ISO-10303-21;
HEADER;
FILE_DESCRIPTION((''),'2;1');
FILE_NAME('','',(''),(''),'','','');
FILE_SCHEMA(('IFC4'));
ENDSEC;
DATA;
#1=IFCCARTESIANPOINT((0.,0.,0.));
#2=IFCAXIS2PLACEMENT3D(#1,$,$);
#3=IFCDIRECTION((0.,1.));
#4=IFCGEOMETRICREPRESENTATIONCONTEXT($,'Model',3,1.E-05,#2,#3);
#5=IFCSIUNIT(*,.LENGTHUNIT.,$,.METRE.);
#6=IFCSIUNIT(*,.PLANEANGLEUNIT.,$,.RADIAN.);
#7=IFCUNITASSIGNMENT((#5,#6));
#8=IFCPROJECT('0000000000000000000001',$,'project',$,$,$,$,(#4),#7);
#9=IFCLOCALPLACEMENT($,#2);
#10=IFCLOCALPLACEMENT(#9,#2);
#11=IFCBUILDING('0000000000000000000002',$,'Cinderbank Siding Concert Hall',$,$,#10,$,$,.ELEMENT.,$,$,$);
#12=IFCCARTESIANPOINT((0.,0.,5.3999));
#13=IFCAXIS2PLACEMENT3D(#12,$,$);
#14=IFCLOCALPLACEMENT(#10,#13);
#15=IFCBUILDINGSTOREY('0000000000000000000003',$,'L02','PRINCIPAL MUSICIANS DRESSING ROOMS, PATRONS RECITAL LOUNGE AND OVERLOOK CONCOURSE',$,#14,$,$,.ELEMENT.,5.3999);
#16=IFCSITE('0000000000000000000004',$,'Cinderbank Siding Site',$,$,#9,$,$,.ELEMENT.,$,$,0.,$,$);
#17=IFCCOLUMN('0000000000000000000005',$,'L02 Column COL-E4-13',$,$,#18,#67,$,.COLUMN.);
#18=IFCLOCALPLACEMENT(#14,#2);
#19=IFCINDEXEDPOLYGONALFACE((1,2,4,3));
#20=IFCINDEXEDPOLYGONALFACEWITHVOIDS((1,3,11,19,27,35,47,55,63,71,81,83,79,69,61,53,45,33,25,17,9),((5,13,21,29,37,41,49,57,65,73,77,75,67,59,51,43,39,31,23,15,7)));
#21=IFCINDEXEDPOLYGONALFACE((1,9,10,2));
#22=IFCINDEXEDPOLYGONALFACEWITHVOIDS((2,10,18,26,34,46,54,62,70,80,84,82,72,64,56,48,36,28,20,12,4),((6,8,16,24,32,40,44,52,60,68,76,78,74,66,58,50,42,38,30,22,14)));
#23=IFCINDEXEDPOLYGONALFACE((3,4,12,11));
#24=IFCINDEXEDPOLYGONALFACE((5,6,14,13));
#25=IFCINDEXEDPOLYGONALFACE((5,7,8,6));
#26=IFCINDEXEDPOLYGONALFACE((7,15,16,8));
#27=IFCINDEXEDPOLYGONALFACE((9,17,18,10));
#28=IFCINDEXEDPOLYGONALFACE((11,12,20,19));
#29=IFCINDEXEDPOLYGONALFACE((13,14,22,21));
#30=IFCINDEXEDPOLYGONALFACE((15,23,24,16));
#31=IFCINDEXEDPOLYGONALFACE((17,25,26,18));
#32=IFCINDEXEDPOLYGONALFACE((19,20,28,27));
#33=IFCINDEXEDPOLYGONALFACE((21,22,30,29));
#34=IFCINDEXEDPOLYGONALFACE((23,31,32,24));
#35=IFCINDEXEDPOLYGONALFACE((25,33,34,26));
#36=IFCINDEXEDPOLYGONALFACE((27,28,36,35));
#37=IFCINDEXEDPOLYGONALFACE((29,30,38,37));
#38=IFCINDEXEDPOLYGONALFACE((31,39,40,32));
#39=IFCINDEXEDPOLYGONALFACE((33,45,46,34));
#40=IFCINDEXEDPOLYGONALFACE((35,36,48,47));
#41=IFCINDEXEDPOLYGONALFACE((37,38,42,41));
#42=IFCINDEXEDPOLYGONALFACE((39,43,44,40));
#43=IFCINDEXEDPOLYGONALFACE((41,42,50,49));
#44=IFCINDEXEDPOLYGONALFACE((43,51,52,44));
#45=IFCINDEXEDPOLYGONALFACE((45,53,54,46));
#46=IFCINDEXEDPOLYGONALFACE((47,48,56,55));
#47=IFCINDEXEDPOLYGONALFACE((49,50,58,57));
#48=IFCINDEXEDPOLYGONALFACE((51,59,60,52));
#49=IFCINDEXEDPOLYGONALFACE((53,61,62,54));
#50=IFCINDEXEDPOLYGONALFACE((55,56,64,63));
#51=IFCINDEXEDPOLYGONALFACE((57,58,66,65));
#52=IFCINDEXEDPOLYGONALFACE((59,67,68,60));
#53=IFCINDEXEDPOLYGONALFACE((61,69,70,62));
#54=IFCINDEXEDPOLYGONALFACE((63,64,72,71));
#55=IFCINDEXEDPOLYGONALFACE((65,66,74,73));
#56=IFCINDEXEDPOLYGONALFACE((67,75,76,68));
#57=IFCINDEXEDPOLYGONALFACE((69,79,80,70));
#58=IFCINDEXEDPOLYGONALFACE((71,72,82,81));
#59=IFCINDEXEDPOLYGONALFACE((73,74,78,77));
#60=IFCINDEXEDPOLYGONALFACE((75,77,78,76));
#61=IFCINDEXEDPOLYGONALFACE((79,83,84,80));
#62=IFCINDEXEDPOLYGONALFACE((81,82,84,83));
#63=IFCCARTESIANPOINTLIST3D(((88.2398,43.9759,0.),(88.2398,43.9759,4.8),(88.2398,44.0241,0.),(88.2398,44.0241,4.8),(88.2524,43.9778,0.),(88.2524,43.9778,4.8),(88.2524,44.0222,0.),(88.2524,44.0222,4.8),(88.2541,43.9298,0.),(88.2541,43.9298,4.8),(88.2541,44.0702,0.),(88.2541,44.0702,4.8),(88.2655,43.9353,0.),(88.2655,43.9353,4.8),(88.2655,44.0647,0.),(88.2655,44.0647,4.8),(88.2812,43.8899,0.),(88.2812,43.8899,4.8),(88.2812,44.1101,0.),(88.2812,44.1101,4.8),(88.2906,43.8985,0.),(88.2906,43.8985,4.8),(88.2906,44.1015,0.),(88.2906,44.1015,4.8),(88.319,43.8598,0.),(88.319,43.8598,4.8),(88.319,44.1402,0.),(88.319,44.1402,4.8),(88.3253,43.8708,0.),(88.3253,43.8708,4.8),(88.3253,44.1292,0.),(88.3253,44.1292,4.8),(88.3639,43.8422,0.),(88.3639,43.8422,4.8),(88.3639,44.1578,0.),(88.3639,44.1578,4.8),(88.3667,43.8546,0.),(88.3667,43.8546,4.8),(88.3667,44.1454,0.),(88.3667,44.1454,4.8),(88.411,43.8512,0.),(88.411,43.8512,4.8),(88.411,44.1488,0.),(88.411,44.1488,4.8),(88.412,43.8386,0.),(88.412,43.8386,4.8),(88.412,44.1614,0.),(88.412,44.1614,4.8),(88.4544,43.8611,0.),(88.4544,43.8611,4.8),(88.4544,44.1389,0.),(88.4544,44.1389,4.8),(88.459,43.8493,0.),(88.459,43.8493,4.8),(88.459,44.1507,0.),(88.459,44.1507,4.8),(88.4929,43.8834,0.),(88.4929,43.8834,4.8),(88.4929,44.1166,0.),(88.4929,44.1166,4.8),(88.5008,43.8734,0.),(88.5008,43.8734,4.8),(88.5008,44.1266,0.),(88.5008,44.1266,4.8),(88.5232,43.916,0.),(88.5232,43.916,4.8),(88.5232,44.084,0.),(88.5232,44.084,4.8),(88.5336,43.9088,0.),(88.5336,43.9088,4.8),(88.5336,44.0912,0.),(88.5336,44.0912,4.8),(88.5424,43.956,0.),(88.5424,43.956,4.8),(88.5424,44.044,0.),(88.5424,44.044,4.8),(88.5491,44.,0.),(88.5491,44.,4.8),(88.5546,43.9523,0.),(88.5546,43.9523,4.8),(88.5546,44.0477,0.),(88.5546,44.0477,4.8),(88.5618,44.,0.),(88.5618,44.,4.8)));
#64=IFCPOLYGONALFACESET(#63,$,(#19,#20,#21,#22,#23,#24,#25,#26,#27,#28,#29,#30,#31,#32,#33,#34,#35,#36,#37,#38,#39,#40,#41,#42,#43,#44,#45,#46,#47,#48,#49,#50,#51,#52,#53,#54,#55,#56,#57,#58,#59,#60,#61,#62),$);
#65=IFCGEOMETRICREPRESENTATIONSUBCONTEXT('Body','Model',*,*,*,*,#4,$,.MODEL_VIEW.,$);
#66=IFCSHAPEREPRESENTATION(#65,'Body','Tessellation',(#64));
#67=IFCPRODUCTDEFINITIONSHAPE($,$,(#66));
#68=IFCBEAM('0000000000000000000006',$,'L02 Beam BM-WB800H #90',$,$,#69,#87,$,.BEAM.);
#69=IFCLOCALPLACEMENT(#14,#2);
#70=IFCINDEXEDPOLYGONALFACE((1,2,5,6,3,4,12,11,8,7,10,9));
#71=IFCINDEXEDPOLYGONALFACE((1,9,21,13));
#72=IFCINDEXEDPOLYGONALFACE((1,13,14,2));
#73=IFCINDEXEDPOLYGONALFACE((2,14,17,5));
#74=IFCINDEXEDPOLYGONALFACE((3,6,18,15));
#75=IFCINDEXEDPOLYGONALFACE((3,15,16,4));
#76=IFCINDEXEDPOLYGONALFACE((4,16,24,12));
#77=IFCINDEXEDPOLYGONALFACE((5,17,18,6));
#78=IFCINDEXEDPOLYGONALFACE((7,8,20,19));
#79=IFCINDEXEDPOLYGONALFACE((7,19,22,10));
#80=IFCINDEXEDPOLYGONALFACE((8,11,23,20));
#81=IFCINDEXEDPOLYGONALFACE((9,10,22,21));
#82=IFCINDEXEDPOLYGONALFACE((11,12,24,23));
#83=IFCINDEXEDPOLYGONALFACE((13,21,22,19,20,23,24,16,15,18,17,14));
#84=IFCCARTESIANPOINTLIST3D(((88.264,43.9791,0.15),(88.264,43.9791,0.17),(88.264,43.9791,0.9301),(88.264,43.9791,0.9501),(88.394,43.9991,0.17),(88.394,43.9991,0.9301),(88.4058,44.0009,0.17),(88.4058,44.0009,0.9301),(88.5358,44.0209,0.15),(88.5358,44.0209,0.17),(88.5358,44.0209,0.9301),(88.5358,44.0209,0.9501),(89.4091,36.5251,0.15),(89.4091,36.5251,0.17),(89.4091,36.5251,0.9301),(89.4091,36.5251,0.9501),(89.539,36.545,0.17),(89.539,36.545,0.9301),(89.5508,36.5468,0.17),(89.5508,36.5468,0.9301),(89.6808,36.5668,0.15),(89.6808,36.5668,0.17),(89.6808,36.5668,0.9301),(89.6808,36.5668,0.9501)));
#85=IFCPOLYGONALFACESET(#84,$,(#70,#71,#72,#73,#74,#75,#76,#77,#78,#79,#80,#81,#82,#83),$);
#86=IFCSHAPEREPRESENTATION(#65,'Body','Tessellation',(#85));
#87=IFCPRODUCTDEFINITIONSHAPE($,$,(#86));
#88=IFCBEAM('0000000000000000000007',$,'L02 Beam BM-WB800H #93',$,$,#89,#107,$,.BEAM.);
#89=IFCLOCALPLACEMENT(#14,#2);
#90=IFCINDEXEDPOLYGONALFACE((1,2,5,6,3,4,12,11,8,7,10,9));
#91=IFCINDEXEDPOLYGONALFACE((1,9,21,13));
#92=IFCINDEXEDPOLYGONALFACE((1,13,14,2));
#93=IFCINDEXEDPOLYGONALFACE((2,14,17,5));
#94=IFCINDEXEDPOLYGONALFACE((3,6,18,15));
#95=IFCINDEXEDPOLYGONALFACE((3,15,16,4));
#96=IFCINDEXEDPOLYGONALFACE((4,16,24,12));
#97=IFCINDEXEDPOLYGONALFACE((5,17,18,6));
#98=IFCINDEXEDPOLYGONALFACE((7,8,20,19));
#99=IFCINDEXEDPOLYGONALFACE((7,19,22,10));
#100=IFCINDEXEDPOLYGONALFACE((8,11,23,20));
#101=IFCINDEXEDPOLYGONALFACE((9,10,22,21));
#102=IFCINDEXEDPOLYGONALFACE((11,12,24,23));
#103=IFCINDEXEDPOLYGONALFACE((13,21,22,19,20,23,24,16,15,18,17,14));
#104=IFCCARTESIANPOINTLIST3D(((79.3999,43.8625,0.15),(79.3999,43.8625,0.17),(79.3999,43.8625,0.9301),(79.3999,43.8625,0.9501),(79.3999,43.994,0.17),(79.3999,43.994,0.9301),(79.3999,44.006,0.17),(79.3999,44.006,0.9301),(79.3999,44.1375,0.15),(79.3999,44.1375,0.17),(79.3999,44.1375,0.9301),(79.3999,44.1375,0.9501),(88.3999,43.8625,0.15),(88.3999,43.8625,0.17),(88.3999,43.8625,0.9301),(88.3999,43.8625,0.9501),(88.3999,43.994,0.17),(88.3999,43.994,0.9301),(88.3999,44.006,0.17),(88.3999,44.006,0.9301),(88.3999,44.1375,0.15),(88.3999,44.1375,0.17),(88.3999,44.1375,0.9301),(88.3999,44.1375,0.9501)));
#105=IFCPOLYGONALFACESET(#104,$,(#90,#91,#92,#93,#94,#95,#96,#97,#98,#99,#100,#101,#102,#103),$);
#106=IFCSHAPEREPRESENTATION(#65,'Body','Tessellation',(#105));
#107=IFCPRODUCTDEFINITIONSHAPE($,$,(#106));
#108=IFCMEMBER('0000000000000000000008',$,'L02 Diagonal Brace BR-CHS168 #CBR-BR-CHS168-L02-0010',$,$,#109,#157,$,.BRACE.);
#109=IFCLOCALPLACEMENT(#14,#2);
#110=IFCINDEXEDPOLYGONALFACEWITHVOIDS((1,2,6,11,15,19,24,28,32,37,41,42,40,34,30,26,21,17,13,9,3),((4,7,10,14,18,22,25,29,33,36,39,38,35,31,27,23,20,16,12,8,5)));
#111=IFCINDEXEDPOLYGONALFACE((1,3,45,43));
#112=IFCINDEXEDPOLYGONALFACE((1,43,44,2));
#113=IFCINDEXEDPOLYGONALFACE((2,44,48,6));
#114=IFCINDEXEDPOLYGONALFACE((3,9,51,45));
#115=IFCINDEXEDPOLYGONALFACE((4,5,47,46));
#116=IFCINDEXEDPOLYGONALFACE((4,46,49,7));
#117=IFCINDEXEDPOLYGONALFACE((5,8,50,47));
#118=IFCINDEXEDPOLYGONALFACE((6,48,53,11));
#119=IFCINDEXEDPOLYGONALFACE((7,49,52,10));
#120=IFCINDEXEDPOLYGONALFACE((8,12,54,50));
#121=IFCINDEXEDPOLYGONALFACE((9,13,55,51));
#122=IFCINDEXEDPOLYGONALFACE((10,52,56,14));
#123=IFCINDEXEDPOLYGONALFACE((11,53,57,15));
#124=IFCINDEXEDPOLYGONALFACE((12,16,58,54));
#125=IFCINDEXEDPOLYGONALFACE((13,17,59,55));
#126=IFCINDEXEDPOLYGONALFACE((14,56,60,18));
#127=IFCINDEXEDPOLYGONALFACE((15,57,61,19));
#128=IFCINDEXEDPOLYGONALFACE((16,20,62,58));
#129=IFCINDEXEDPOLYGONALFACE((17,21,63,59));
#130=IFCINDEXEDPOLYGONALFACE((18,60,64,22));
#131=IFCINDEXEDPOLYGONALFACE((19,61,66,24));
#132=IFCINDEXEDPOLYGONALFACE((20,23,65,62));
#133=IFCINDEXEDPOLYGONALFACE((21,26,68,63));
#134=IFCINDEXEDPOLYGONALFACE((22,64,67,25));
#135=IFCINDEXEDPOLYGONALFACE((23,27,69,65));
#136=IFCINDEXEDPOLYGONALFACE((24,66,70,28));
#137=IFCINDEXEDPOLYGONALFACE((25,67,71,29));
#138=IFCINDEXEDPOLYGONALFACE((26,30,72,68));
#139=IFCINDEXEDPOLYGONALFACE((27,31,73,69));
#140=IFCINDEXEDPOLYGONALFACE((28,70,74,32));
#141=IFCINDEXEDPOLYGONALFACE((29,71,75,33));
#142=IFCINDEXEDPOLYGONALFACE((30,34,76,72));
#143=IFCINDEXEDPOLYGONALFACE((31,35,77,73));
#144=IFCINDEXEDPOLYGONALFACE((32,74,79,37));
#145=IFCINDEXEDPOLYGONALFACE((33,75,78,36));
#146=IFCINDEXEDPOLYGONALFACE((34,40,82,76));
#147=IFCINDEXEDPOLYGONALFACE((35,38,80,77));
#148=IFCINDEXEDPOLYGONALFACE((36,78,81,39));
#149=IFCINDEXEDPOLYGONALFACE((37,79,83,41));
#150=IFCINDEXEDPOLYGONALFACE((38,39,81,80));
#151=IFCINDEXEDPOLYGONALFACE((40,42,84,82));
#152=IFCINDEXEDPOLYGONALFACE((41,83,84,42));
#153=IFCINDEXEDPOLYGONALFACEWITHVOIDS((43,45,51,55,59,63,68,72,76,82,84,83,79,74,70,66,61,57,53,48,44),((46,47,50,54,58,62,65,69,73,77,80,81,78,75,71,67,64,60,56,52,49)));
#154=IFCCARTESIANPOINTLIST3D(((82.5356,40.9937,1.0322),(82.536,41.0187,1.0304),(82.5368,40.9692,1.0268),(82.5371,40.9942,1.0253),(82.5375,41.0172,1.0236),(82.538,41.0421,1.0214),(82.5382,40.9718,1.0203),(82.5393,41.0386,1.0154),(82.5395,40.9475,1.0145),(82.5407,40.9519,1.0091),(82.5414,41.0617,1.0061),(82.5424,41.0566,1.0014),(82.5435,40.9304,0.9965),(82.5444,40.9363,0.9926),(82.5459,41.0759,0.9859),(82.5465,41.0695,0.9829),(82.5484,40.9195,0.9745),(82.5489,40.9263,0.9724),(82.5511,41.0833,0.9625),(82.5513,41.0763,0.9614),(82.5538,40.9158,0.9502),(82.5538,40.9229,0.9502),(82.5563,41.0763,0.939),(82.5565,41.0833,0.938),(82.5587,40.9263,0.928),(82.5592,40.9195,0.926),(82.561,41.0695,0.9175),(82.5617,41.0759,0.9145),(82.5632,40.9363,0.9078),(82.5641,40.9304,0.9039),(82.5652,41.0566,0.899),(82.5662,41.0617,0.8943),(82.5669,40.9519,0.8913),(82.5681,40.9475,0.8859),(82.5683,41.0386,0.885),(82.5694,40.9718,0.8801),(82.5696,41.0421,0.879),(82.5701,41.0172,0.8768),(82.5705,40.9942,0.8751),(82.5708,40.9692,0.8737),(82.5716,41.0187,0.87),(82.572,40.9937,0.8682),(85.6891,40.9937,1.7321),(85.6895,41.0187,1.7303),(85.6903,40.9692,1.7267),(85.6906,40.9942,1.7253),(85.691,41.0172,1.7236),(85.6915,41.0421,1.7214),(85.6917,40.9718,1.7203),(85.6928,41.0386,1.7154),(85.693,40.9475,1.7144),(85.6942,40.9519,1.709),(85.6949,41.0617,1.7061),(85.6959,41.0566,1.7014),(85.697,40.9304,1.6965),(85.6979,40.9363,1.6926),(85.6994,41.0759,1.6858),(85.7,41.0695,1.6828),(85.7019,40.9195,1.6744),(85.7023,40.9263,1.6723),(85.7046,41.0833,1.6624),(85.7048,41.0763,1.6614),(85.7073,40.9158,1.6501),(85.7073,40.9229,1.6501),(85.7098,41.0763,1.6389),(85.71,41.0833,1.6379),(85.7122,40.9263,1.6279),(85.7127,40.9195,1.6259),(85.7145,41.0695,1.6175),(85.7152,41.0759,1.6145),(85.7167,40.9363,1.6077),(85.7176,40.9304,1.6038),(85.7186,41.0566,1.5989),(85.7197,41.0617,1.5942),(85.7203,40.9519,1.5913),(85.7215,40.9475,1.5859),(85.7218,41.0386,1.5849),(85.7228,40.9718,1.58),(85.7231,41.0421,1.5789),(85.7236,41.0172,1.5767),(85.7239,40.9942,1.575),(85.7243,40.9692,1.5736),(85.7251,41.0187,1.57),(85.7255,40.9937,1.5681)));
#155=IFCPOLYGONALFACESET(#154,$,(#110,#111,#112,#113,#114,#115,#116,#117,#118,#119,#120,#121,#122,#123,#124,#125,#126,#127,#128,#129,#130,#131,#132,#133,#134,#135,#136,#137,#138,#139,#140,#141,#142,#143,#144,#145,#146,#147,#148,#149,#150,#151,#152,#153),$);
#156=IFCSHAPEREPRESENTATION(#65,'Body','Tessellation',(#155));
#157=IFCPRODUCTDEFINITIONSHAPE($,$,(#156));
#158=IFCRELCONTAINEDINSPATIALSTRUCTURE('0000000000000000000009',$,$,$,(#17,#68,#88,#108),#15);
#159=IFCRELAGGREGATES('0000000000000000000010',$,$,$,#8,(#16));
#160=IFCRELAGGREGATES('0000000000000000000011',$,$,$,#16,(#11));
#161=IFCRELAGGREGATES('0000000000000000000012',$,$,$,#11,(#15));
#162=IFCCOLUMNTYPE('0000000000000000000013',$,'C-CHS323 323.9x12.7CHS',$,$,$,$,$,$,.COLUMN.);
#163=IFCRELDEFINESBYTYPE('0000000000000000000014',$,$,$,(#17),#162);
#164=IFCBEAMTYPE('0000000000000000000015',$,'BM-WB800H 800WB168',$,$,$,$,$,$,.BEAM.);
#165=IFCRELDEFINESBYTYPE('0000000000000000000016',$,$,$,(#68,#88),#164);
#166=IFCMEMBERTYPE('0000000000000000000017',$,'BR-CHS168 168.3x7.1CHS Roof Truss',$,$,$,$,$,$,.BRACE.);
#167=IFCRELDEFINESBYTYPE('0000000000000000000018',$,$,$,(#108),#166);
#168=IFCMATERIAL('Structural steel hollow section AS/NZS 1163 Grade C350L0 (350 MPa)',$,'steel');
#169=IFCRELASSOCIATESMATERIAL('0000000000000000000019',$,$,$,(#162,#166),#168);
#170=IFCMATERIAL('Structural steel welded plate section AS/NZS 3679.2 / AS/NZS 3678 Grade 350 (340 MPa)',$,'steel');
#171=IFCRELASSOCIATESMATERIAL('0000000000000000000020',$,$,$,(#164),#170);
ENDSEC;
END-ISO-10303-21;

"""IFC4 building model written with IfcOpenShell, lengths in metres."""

from ifc_helpers import new_model, si_unit, direction, frame, origin, origin_2d, place, context, subcontext, project, spatial, hollow_circle, i_section, extrude, material, material_profile, profile_set, type_object, element, save


model = new_model("IFC4")

# Units and contexts
model_context = context("Model", 3, precision=1e-05, world=origin(), true_north=direction((0.0, 1.0)))
body_context = subcontext(model_context, "Body", "Model", "MODEL_VIEW")
ifc_project = project(units=[si_unit("LENGTHUNIT", "METRE"), si_unit("PLANEANGLEUNIT", "RADIAN")], contexts=[model_context])

# Site, building, storey
site_placement = place(None, origin())
site = spatial("IfcSite", under=ifc_project, at=site_placement, Name="Cinderbank Siding Site", CompositionType="ELEMENT", RefElevation=0.0)
building_placement = place(site_placement, origin())
building = spatial("IfcBuilding", under=site, at=building_placement, Name="Cinderbank Siding Concert Hall", CompositionType="ELEMENT")
storey_placement = place(building_placement, frame((0.0, 0.0, 5.3999)))
storey = spatial("IfcBuildingStorey", under=building, at=storey_placement, Name="L02", Description="PRINCIPAL MUSICIANS DRESSING ROOMS, PATRONS RECITAL LOUNGE AND OVERLOOK CONCOURSE", CompositionType="ELEMENT", Elevation=5.3999)

# Column
ifc_material_1 = material(Name="Structural steel hollow section AS/NZS 1163 Grade C350L0 (350 MPa)", Category="steel")
ifc_material_profile_1 = material_profile(ifc_material_1, hollow_circle(Radius=0.1619, WallThickness=0.0127, at=origin_2d()), Name="323.9x12.7CHS", Category="LoadBearing")
ifc_profile_set_1 = profile_set([ifc_material_profile_1], Name="Structural steel hollow section AS/NZS 1163 Grade C350L0 (350 MPa)")
column_type = type_object("IfcColumnType", Name="C-CHS323 323.9x12.7CHS", PredefinedType="COLUMN", material=ifc_profile_set_1)
column_placement = place(storey_placement, frame((88.3999, 44.0, 0.0), z_axis=(0.0, 0.0, 1.0), x_axis=(1.0, 0.0, 0.0)))
element("IfcColumn", 1, at=column_placement, inside=storey, type_object=column_type, Name="L02 Column COL-E4-13", PredefinedType="COLUMN", context=body_context, shape_type="SweptSolid", body=[
    extrude(hollow_circle(Radius=0.1619, WallThickness=0.0127, at=origin_2d()), origin(), (0.0, 0.0, 1.0), 4.8),
])

# Beams
ifc_material_2 = material(Name="Structural steel welded plate section AS/NZS 3679.2 / AS/NZS 3678 Grade 350 (340 MPa)", Category="steel")
ifc_material_profile_2 = material_profile(ifc_material_2, i_section(OverallWidth=0.2749, OverallDepth=0.8, WebThickness=0.012, FlangeThickness=0.02, at=origin_2d()), Name="800WB168", Category="LoadBearing")
ifc_profile_set_2 = profile_set([ifc_material_profile_2], Name="Structural steel welded plate section AS/NZS 3679.2 / AS/NZS 3678 Grade 350 (340 MPa)")
beam_type = type_object("IfcBeamType", Name="BM-WB800H 800WB168", PredefinedType="BEAM", material=ifc_profile_set_2)
beam_1_placement = place(storey_placement, frame((88.3999, 44.0, 0.55), z_axis=(0.151829, -0.988407, 0.0), x_axis=(0.988407, 0.151829, 0.0)))
element("IfcBeam", 2, at=beam_1_placement, inside=storey, type_object=beam_type, Name="L02 Beam BM-WB800H #90", PredefinedType="BEAM", context=body_context, shape_type="SweptSolid", body=[
    extrude(i_section(OverallWidth=0.2749, OverallDepth=0.8, WebThickness=0.012, FlangeThickness=0.02, at=origin_2d()), origin(), (0.0, 0.0, 1.0), 7.5415),
])
beam_2_placement = place(storey_placement, frame((88.3999, 44.0, 0.55), z_axis=(-1.0, 0.0, 0.0), x_axis=(0.0, -1.0, 0.0)))
element("IfcBeam", 3, at=beam_2_placement, inside=storey, type_object=beam_type, Name="L02 Beam BM-WB800H #93", PredefinedType="BEAM", context=body_context, shape_type="SweptSolid", body=[
    extrude(i_section(OverallWidth=0.2749, OverallDepth=0.8, WebThickness=0.012, FlangeThickness=0.02, at=origin_2d()), origin(), (0.0, 0.0, 1.0), 9.0),
])

# Member
ifc_material_profile_3 = material_profile(ifc_material_1, hollow_circle(Radius=0.0842, WallThickness=0.0071, at=origin_2d()), Name="168.3x7.1CHS", Category="LoadBearing")
ifc_profile_set_3 = profile_set([ifc_material_profile_3], Name="Structural steel hollow section AS/NZS 1163 Grade C350L0 (350 MPa)")
member_type_1 = type_object("IfcMemberType", Name="BR-CHS168 168.3x7.1CHS Roof Truss", PredefinedType="BRACE", material=ifc_profile_set_3)
member_1_placement = place(storey_placement, frame((85.7073, 41.0, 1.6501), z_axis=(-0.976242, 0.0, -0.216682), x_axis=(0.0, -1.0, 0.0)))
element("IfcMember", 4, at=member_1_placement, inside=storey, type_object=member_type_1, Name="L02 Diagonal Brace BR-CHS168 #CBR-BR-CHS168-L02-0010", PredefinedType="BRACE", context=body_context, shape_type="SweptSolid", body=[
    extrude(hollow_circle(Radius=0.0842, WallThickness=0.0071, at=origin_2d()), origin(), (0.0, 0.0, 1.0), 3.2302),
])

save(model, "model.ifc")
